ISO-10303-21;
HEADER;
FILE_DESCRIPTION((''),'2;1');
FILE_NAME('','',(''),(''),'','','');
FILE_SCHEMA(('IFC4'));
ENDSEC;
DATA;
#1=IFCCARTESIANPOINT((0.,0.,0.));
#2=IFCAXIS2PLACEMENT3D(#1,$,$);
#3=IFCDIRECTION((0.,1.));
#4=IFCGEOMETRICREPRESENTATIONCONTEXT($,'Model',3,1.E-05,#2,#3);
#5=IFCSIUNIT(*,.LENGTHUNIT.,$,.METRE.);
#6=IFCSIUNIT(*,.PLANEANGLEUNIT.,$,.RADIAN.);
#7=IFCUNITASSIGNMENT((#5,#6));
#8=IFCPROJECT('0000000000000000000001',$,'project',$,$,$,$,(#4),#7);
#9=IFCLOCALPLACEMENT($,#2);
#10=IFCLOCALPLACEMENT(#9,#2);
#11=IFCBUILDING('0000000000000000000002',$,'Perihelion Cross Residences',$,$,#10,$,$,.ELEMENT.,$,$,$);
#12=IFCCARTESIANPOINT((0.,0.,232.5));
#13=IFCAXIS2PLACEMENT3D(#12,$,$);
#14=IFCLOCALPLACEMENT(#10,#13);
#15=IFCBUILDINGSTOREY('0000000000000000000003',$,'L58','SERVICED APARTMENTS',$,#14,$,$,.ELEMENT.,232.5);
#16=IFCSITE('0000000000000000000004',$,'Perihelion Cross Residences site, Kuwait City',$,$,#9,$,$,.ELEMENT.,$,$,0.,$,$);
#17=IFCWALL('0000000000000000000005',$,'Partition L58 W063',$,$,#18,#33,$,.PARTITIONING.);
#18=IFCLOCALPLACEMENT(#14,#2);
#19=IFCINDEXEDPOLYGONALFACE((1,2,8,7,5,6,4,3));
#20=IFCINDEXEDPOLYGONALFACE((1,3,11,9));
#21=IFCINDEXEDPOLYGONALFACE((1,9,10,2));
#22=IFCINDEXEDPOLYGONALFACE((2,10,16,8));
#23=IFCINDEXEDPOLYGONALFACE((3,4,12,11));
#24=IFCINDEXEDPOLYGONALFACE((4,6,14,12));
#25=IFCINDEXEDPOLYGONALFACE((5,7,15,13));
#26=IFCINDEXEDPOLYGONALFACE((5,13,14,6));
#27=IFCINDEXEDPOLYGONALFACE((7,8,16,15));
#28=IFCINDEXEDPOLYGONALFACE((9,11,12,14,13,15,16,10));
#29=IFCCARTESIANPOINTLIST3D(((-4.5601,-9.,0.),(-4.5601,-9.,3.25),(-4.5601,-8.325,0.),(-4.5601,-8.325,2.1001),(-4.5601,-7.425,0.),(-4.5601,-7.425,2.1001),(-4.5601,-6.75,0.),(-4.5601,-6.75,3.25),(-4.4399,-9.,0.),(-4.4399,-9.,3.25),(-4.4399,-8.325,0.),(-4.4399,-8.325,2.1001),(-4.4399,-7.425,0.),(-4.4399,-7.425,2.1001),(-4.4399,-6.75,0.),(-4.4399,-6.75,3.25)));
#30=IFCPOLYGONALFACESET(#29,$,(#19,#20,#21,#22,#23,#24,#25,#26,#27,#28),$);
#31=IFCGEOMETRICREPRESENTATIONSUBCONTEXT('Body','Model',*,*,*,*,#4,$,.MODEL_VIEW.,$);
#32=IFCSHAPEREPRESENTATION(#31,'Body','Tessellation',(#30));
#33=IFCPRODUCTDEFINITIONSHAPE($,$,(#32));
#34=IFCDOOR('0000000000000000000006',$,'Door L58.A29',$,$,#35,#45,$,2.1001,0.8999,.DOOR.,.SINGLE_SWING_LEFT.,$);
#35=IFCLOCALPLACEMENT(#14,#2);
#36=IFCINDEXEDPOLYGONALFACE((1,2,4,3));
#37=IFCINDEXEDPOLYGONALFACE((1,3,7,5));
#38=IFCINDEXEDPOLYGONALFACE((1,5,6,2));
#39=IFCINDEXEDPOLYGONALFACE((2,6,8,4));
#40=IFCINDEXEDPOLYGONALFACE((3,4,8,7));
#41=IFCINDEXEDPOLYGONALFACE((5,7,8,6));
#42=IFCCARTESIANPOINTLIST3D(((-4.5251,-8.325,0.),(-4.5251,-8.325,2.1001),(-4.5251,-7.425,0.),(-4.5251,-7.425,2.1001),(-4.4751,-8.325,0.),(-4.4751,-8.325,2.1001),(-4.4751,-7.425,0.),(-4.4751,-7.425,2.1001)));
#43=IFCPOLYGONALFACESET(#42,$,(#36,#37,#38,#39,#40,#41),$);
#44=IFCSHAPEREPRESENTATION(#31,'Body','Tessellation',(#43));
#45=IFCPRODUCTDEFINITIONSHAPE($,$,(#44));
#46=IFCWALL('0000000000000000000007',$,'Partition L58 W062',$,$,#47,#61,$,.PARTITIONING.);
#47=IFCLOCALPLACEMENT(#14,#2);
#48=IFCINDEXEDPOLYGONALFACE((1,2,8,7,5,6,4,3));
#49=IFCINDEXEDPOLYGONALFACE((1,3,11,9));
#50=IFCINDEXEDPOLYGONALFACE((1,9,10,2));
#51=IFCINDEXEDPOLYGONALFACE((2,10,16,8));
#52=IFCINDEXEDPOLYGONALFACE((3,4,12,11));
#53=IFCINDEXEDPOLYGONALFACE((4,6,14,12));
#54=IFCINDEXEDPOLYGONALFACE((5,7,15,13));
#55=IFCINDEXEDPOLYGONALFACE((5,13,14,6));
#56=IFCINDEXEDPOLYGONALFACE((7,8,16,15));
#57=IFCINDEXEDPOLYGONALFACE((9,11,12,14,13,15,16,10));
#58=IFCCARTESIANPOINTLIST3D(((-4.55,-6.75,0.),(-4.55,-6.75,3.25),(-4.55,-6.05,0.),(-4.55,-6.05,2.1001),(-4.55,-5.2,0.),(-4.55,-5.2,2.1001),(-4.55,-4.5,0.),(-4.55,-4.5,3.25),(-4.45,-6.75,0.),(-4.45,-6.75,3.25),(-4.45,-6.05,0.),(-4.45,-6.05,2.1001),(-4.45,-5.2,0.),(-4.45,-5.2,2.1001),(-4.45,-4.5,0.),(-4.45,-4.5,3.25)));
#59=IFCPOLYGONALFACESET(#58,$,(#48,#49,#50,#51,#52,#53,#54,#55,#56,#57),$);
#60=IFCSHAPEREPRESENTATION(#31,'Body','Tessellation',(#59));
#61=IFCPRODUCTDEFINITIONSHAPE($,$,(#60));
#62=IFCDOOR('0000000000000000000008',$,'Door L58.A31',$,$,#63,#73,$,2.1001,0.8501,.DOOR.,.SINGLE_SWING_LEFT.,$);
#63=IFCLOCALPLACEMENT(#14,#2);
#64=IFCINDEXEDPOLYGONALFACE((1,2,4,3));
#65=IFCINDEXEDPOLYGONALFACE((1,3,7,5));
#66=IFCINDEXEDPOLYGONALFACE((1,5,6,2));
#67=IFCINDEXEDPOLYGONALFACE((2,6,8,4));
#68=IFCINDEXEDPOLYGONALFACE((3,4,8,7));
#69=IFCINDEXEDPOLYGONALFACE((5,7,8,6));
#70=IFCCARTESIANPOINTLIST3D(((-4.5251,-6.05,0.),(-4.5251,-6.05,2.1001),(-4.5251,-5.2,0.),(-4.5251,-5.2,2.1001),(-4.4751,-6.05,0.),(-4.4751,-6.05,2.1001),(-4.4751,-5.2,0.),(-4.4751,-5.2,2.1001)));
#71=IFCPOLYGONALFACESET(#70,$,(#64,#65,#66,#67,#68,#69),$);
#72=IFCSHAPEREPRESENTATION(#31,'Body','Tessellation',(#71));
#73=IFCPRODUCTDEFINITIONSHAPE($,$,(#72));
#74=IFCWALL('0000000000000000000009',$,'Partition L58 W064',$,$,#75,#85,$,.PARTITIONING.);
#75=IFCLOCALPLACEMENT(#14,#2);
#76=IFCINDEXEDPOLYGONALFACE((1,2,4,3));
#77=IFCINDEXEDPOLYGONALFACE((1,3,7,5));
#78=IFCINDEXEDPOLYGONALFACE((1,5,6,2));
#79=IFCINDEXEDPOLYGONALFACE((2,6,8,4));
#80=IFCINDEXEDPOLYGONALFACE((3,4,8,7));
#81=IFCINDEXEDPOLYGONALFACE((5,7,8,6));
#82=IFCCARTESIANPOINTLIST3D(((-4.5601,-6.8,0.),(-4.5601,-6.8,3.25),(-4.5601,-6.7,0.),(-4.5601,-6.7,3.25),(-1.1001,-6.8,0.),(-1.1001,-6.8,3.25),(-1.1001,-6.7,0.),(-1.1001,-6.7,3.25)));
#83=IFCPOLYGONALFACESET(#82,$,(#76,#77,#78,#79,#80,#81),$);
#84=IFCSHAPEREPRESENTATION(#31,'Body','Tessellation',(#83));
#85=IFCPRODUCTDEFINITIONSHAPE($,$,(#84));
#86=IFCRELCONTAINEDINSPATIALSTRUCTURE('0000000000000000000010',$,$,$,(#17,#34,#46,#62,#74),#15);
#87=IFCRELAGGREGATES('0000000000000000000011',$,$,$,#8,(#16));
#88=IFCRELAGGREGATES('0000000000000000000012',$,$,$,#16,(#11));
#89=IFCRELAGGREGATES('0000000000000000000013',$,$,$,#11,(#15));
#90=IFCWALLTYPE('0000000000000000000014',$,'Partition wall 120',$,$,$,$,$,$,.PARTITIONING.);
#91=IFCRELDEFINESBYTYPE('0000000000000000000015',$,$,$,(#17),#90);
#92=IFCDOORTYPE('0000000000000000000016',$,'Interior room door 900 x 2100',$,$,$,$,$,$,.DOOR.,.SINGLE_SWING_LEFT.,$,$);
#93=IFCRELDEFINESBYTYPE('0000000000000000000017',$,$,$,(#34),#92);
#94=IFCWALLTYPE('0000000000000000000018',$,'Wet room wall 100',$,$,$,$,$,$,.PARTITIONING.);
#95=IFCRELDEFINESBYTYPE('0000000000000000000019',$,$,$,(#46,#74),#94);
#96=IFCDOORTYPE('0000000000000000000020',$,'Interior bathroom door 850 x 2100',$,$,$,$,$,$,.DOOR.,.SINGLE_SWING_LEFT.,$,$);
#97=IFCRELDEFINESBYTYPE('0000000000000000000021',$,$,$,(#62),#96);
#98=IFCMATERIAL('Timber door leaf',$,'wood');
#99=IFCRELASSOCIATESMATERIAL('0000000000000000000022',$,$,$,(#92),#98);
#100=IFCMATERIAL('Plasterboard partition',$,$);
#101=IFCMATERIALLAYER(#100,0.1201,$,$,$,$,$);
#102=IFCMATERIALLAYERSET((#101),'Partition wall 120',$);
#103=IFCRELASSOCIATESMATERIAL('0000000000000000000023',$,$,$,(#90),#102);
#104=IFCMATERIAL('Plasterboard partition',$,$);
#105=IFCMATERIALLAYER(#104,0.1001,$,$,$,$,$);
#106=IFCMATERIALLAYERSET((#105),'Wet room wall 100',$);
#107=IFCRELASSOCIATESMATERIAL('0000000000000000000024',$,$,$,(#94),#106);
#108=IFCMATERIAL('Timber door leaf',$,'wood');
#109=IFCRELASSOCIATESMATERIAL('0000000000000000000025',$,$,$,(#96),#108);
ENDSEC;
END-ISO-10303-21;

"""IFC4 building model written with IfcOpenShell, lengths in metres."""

from ifc_helpers import new_model, si_unit, direction, frame, frame_2d, origin, place, context, subcontext, project, spatial, rectangle, extrude, material, layer, layer_set, type_object, element, fill, save


model = new_model("IFC4")

# Units and contexts
model_context = context("Model", 3, precision=1e-05, world=origin(), true_north=direction((0.0, 1.0)))
body_context = subcontext(model_context, "Body", "Model", "MODEL_VIEW")
ifc_project = project(units=[si_unit("LENGTHUNIT", "METRE"), si_unit("PLANEANGLEUNIT", "RADIAN")], contexts=[model_context])

# Site, building, storey
site_placement = place(None, origin())
site = spatial("IfcSite", under=ifc_project, at=site_placement, Name="Perihelion Cross Residences site, Kuwait City", CompositionType="ELEMENT", RefElevation=0.0)
building_placement = place(site_placement, origin())
building = spatial("IfcBuilding", under=site, at=building_placement, Name="Perihelion Cross Residences", CompositionType="ELEMENT")
storey_placement = place(building_placement, frame((0.0, 0.0, 232.5)))
storey = spatial("IfcBuildingStorey", under=building, at=storey_placement, Name="L58", Description="SERVICED APARTMENTS", CompositionType="ELEMENT", Elevation=232.5)

# Walls, openings, doors
ifc_material_1 = material(Name="Timber door leaf", Category="wood")
door_type_1 = type_object("IfcDoorType", Name="Interior room door 900 x 2100", OperationType="SINGLE_SWING_LEFT", PredefinedType="DOOR", material=ifc_material_1)
ifc_material_2 = material(Name="Plasterboard partition")
ifc_layer_1 = layer(ifc_material_2, 0.1201)
ifc_layer_set_1 = layer_set([ifc_layer_1], Name="Partition wall 120")
wall_type_1 = type_object("IfcWallType", Name="Partition wall 120", PredefinedType="PARTITIONING", material=ifc_layer_set_1)
wall_1_placement = place(storey_placement, frame((-4.5, -6.75, 0.0), z_axis=(0.0, 0.0, 1.0), x_axis=(0.0, -1.0, 0.0)))
wall_1 = element("IfcWall", 1, at=wall_1_placement, inside=storey, type_object=wall_type_1, Name="Partition L58 W063", PredefinedType="PARTITIONING", context=body_context, shape_type="SweptSolid", body=[
    extrude(rectangle(XDim=2.25, YDim=0.1201, at=frame_2d((1.125, 0.0))), origin(), (0.0, 0.0, 1.0), 3.25),
])
opening_1_placement = place(wall_1_placement, frame((0.675, 0.0, 0.0)))
opening_1 = element("IfcOpeningElement", 2, at=opening_1_placement, cuts=wall_1, PredefinedType="OPENING", context=body_context, shape_type="SweptSolid", body=[
    extrude(rectangle(XDim=0.8999, YDim=2.1001, at=frame_2d((0.45, 1.05))), frame((0.0, 0.0701, 0.0), z_axis=(0.0, -1.0, 0.0), x_axis=(1.0, 0.0, 0.0)), (0.0, 0.0, 1.0), 0.1401),
])
door_1_placement = place(opening_1_placement, origin())
door_1 = element("IfcDoor", 3, at=door_1_placement, inside=storey, type_object=door_type_1, Name="Door L58.A29", OperationType="SINGLE_SWING_LEFT", OverallHeight=2.1001, OverallWidth=0.8999, PredefinedType="DOOR", context=body_context, shape_type="SweptSolid", body=[
    extrude(rectangle(XDim=0.8999, YDim=2.1001, at=frame_2d((0.45, 1.05))), frame((0.0, 0.0249, 0.0), z_axis=(0.0, -1.0, 0.0), x_axis=(1.0, 0.0, 0.0)), (0.0, 0.0, 1.0), 0.05),
])
fill(opening_1, door_1)
ifc_material_3 = material(Name="Plasterboard partition")
ifc_layer_2 = layer(ifc_material_3, 0.1001)
ifc_layer_set_2 = layer_set([ifc_layer_2], Name="Wet room wall 100")
wall_type_2 = type_object("IfcWallType", Name="Wet room wall 100", PredefinedType="PARTITIONING", material=ifc_layer_set_2)
wall_2_placement = place(storey_placement, frame((-4.5, -4.5, 0.0), z_axis=(0.0, 0.0, 1.0), x_axis=(0.0, -1.0, 0.0)))
wall_2 = element("IfcWall", 4, at=wall_2_placement, inside=storey, type_object=wall_type_2, Name="Partition L58 W062", PredefinedType="PARTITIONING", context=body_context, shape_type="SweptSolid", body=[
    extrude(rectangle(XDim=2.25, YDim=0.1001, at=frame_2d((1.125, 0.0))), origin(), (0.0, 0.0, 1.0), 3.25),
])
opening_2_placement = place(wall_2_placement, frame((0.7, 0.0, 0.0)))
opening_2 = element("IfcOpeningElement", 5, at=opening_2_placement, cuts=wall_2, PredefinedType="OPENING", context=body_context, shape_type="SweptSolid", body=[
    extrude(rectangle(XDim=0.8501, YDim=2.1001, at=frame_2d((0.425, 1.05))), frame((0.0, 0.0601, 0.0), z_axis=(0.0, -1.0, 0.0), x_axis=(1.0, 0.0, 0.0)), (0.0, 0.0, 1.0), 0.1201),
])
ifc_material_4 = material(Name="Timber door leaf", Category="wood")
door_type_2 = type_object("IfcDoorType", Name="Interior bathroom door 850 x 2100", OperationType="SINGLE_SWING_LEFT", PredefinedType="DOOR", material=ifc_material_4)
door_2_placement = place(opening_2_placement, origin())
door_2 = element("IfcDoor", 6, at=door_2_placement, inside=storey, type_object=door_type_2, Name="Door L58.A31", OperationType="SINGLE_SWING_LEFT", OverallHeight=2.1001, OverallWidth=0.8501, PredefinedType="DOOR", context=body_context, shape_type="SweptSolid", body=[
    extrude(rectangle(XDim=0.8501, YDim=2.1001, at=frame_2d((0.425, 1.05))), frame((0.0, 0.0249, 0.0), z_axis=(0.0, -1.0, 0.0), x_axis=(1.0, 0.0, 0.0)), (0.0, 0.0, 1.0), 0.05),
])
fill(opening_2, door_2)

# Wall
wall_3_placement = place(storey_placement, frame((-1.1001, -6.75, 0.0), z_axis=(0.0, 0.0, 1.0), x_axis=(-1.0, 0.0, 0.0)))
element("IfcWall", 7, at=wall_3_placement, inside=storey, type_object=wall_type_2, Name="Partition L58 W064", PredefinedType="PARTITIONING", context=body_context, shape_type="SweptSolid", body=[
    extrude(rectangle(XDim=3.46, YDim=0.1001, at=frame_2d((1.73, 0.0))), origin(), (0.0, 0.0, 1.0), 3.25),
])

save(model, "model.ifc")
